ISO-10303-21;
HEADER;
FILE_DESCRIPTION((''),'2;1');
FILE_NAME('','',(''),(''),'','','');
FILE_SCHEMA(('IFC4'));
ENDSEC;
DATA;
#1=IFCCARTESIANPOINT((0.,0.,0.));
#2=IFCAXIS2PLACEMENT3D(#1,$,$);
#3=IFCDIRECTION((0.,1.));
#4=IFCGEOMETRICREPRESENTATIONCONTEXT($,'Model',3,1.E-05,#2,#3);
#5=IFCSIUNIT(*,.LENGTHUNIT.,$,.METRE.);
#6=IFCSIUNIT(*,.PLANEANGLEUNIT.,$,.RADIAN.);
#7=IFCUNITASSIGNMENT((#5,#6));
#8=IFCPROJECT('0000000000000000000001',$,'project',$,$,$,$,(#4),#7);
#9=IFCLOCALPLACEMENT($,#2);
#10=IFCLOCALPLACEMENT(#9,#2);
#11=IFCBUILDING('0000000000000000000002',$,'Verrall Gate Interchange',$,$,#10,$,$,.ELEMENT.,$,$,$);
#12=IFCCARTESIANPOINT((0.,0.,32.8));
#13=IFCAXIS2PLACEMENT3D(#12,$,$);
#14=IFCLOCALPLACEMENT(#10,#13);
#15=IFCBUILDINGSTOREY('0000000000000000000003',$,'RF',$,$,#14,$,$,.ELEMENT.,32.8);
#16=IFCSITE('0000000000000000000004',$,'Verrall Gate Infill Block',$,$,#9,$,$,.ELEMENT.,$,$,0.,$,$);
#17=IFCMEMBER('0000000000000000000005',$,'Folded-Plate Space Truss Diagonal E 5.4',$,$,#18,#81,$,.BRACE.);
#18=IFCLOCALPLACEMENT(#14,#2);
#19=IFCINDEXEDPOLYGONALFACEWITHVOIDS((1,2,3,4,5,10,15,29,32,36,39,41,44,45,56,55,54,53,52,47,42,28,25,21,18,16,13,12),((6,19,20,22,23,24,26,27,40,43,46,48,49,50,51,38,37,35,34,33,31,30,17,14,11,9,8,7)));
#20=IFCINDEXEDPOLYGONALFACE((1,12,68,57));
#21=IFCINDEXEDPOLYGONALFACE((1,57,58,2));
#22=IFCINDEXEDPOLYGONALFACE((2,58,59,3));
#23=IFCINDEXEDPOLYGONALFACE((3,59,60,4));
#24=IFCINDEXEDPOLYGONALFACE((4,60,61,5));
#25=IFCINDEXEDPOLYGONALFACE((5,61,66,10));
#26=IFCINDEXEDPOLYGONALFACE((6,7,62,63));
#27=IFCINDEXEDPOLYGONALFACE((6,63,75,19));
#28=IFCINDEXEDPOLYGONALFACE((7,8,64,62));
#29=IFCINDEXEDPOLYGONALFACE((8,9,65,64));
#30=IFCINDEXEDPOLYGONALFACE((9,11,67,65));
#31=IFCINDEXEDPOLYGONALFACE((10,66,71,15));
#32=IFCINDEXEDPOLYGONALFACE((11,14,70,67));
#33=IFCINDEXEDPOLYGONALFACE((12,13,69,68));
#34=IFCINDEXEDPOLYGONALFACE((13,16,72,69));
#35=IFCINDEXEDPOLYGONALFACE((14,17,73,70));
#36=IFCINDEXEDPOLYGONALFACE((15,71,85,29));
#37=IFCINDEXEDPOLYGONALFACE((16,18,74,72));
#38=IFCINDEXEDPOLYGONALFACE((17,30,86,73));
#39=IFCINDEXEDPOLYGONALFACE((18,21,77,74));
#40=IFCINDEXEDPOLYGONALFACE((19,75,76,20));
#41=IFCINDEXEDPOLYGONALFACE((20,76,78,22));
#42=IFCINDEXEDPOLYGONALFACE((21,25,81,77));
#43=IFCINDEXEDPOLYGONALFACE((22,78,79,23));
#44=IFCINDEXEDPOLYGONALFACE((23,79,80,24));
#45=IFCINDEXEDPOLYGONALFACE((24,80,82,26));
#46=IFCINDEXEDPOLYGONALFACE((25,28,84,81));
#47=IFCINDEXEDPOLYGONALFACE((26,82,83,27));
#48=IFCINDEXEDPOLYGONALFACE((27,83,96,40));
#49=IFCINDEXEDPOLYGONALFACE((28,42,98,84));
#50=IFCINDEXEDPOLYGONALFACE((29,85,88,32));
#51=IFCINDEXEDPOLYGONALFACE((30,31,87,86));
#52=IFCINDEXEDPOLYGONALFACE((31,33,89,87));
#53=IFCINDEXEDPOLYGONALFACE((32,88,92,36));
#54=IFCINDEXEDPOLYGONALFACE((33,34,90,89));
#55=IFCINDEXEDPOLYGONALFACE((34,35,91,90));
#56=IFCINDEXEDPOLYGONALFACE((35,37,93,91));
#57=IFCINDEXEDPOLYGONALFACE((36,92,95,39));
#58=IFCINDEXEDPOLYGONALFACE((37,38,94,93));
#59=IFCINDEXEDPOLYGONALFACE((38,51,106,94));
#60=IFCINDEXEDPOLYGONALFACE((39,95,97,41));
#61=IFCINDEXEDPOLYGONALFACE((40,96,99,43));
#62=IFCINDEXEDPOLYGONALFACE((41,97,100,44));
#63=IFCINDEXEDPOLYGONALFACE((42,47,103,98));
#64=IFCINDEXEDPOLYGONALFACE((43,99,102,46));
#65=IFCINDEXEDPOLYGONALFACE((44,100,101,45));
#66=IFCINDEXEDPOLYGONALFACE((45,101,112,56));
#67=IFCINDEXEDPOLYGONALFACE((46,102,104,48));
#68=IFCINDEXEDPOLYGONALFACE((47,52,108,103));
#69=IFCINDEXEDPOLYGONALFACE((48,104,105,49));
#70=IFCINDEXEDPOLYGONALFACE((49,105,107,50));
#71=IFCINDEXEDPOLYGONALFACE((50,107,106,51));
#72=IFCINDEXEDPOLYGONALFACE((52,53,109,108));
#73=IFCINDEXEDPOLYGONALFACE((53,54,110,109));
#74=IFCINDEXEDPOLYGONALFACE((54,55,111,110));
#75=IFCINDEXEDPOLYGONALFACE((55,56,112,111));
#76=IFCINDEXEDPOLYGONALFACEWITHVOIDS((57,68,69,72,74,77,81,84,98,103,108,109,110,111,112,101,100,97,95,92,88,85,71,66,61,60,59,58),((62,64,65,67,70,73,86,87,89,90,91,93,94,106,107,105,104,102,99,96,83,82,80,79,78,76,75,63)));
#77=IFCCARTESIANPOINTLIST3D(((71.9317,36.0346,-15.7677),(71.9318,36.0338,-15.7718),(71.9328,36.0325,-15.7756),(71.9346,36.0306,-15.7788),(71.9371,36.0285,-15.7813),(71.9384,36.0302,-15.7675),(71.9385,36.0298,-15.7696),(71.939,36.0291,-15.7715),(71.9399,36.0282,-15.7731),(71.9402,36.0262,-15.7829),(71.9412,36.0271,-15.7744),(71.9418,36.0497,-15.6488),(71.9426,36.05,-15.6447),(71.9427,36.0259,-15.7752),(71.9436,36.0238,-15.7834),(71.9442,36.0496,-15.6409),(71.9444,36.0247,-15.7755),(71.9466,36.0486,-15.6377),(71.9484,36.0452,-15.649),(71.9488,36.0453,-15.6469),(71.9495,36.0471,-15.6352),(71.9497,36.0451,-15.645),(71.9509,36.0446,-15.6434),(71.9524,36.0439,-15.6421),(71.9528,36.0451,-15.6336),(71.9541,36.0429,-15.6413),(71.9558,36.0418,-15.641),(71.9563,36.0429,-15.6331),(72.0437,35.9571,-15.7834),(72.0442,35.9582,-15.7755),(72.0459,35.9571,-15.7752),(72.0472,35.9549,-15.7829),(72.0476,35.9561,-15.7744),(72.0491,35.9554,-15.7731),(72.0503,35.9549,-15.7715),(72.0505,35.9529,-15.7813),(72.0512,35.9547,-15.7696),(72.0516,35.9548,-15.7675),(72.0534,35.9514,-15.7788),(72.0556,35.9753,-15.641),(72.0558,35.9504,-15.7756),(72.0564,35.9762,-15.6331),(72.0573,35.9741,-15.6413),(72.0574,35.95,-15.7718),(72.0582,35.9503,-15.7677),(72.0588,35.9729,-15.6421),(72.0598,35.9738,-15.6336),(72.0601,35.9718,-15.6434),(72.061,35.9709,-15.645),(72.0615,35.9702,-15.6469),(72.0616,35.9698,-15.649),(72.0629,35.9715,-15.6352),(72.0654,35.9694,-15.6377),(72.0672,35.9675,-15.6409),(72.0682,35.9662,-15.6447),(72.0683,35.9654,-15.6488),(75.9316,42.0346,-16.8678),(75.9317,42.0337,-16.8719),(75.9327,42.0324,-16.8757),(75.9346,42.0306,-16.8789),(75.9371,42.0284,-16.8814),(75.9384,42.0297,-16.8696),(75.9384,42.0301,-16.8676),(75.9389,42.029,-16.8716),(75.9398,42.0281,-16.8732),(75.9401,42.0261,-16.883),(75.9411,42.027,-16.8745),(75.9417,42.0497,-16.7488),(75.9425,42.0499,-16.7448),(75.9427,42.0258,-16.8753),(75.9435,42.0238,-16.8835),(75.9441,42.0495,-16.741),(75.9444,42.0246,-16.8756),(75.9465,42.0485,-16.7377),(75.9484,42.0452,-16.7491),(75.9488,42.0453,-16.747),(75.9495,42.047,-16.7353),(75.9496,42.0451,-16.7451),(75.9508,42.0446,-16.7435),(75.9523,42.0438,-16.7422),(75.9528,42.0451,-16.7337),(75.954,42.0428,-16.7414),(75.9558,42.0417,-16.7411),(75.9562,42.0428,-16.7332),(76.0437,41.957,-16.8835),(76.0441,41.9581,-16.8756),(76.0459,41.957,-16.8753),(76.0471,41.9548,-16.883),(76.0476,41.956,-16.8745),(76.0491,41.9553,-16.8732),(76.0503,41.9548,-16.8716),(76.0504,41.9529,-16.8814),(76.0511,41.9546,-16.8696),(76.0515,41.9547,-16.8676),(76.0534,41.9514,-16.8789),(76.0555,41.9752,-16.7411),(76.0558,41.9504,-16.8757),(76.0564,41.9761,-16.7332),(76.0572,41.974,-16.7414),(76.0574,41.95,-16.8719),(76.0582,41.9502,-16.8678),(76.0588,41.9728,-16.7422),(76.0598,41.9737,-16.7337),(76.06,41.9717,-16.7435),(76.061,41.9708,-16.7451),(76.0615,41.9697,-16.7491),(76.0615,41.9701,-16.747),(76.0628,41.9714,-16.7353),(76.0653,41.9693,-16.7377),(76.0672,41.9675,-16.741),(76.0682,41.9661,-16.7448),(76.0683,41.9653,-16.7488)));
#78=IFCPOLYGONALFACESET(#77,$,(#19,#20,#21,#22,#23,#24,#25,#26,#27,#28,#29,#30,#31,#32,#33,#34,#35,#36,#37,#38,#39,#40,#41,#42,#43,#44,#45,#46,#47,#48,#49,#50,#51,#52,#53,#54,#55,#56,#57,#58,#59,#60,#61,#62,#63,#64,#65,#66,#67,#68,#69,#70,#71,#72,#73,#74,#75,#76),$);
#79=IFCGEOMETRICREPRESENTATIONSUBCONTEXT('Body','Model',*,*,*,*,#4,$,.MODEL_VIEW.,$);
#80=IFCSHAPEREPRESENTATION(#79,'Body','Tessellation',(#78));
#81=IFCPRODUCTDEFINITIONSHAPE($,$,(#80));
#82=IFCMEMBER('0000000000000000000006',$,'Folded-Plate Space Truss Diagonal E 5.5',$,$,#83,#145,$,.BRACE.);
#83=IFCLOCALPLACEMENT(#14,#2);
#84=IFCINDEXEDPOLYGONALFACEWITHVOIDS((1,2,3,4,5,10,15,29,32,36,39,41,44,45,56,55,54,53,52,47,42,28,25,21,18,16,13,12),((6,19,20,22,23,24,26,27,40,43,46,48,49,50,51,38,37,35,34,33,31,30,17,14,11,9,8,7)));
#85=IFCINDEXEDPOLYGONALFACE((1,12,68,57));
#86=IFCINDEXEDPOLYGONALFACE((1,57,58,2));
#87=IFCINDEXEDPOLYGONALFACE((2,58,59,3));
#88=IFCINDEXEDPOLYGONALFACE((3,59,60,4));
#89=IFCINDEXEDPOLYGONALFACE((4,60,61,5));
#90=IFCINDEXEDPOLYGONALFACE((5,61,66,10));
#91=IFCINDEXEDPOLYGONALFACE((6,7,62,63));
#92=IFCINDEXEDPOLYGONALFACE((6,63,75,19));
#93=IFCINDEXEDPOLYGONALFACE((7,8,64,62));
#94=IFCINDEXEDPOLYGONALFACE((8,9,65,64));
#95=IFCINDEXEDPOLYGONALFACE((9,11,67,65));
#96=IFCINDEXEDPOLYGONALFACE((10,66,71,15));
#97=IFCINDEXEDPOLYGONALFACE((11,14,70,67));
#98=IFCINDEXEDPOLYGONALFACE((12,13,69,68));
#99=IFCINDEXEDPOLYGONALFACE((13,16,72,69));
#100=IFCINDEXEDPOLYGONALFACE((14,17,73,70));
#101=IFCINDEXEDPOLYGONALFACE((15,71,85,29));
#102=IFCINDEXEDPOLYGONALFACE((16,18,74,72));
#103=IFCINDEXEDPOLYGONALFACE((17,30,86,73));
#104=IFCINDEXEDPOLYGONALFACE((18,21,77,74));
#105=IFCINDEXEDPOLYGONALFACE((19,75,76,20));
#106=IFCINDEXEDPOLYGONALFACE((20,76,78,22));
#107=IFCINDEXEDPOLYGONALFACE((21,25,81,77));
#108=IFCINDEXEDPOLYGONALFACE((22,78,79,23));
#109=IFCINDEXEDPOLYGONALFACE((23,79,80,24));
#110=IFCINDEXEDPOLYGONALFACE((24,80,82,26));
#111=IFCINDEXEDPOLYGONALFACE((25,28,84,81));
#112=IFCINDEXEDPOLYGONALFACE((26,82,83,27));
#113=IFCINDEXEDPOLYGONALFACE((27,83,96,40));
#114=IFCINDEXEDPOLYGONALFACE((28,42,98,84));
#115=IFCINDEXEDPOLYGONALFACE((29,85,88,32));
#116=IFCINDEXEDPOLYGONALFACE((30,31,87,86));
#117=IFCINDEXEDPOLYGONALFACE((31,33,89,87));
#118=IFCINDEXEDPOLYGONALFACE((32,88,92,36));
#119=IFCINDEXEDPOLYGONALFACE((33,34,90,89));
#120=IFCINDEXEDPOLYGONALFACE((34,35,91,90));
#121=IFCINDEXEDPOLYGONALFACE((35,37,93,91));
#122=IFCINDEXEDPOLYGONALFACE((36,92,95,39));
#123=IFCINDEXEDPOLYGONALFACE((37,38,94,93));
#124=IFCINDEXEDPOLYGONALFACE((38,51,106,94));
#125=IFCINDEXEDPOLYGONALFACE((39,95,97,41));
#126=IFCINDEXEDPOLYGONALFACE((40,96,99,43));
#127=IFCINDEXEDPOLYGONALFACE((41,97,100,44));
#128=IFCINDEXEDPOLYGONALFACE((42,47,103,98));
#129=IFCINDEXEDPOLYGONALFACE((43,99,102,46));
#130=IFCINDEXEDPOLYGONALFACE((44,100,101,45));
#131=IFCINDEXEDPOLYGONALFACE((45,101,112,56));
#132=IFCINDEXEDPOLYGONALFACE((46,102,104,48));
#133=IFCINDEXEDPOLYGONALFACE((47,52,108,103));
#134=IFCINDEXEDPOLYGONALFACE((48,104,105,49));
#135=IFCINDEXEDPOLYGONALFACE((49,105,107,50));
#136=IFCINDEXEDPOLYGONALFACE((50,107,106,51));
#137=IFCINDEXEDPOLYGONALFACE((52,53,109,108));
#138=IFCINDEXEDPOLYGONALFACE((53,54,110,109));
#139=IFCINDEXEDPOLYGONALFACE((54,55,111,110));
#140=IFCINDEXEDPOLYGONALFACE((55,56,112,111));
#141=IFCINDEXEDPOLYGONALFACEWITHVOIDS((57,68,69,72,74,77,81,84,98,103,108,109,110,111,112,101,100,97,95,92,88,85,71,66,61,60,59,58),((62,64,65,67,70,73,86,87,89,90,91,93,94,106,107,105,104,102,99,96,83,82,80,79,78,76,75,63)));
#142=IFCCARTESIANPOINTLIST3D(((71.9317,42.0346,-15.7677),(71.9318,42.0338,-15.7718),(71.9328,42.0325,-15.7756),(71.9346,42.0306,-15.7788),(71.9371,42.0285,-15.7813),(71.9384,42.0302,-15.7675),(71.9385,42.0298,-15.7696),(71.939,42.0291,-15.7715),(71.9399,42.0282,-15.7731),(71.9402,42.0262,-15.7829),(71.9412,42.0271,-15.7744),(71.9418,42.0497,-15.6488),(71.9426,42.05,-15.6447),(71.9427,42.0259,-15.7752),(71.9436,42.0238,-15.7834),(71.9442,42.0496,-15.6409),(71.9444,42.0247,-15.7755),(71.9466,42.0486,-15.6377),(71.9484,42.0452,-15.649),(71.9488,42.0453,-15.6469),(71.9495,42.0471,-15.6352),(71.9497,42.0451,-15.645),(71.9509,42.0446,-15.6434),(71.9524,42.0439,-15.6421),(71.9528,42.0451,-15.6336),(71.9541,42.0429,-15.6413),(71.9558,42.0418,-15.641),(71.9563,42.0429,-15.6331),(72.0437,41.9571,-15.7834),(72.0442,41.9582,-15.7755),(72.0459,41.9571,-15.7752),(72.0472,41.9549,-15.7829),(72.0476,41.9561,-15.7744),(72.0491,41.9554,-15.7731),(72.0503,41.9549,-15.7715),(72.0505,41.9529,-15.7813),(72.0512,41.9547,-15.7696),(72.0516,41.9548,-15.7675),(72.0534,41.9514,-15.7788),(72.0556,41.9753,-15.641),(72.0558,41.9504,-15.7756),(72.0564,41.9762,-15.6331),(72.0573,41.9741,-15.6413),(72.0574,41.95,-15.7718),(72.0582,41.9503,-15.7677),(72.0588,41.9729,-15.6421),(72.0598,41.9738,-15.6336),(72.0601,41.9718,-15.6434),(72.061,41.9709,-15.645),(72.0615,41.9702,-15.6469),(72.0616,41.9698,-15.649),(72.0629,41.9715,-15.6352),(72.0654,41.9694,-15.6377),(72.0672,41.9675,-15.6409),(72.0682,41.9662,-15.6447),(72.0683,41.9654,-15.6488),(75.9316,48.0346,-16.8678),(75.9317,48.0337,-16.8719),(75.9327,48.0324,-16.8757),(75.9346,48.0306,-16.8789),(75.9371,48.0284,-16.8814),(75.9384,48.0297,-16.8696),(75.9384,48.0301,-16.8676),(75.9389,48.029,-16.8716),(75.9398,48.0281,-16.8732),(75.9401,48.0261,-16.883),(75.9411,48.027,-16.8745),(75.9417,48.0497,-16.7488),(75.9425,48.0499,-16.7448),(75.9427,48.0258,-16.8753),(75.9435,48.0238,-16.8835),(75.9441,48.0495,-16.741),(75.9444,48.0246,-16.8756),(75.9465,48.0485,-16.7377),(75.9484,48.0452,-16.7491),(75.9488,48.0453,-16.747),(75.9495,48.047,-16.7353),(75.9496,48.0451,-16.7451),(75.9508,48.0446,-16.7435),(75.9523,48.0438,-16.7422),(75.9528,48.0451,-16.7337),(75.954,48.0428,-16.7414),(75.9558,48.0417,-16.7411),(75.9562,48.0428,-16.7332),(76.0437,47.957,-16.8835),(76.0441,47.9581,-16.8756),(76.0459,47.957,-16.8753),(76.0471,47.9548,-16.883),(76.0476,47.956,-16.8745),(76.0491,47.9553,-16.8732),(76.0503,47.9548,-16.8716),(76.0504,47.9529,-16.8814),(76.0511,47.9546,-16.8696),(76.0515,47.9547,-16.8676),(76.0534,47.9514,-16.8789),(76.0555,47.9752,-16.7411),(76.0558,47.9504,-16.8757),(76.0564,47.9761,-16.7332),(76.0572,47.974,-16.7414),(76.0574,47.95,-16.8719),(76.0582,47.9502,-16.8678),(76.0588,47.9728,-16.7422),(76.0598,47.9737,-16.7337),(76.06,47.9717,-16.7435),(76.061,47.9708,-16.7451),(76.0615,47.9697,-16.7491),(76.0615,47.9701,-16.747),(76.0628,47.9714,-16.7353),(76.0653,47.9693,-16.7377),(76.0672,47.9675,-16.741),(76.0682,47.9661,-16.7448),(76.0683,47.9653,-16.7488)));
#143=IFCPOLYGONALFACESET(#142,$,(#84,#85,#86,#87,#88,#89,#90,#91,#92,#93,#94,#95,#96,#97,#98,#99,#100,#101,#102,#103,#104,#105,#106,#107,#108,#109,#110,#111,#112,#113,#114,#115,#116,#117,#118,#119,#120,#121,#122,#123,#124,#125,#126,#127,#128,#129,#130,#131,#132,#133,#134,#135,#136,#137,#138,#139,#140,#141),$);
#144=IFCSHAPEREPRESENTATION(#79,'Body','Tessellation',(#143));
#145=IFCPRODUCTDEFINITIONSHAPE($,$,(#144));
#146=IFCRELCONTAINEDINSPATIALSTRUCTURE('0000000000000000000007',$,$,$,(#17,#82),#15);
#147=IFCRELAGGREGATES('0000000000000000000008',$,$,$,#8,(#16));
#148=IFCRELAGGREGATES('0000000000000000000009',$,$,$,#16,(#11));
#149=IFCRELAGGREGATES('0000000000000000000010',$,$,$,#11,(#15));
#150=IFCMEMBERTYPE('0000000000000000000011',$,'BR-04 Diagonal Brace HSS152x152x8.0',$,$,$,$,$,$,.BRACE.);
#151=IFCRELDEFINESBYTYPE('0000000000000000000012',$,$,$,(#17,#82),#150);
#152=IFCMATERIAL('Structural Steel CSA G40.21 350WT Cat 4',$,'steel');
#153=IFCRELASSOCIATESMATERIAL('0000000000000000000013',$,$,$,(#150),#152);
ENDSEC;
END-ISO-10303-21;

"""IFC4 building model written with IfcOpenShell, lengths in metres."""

from ifc_helpers import new_model, si_unit, direction, frame, origin, origin_2d, place, context, subcontext, project, spatial, hollow_rectangle, extrude, material, material_profile, profile_set, type_object, element, save


model = new_model("IFC4")

# Units and contexts
model_context = context("Model", 3, precision=1e-05, world=origin(), true_north=direction((0.0, 1.0)))
body_context = subcontext(model_context, "Body", "Model", "MODEL_VIEW")
ifc_project = project(units=[si_unit("LENGTHUNIT", "METRE"), si_unit("PLANEANGLEUNIT", "RADIAN")], contexts=[model_context])

# Site, building, storey
site_placement = place(None, origin())
site = spatial("IfcSite", under=ifc_project, at=site_placement, Name="Verrall Gate Infill Block", CompositionType="ELEMENT", RefElevation=0.0)
building_placement = place(site_placement, origin())
building = spatial("IfcBuilding", under=site, at=building_placement, Name="Verrall Gate Interchange", CompositionType="ELEMENT")
storey_placement = place(building_placement, frame((0.0, 0.0, 32.8)))
storey = spatial("IfcBuildingStorey", under=building, at=storey_placement, Name="RF", CompositionType="ELEMENT", Elevation=32.8)

# Members
ifc_material_1 = material(Name="Structural Steel CSA G40.21 350WT Cat 4", Category="steel")
ifc_material_profile_1 = material_profile(ifc_material_1, hollow_rectangle(XDim=0.1521, YDim=0.1521, WallThickness=0.0081, InnerFilletRadius=0.0081, OuterFilletRadius=0.0159, at=origin_2d()), Name="HSS152x152x8.0")
ifc_profile_set_1 = profile_set([ifc_material_profile_1], Name="Structural Steel CSA G40.21 350WT Cat 4")
member_type_1 = type_object("IfcMemberType", Name="BR-04 Diagonal Brace HSS152x152x8.0", PredefinedType="BRACE", material=ifc_profile_set_1)
for number, where, z_axis, x_axis, name in (
    (1, (72.0, 36.0, -15.7083), (0.548356, 0.822534, -0.150811), (-0.83205, 0.5547, 0.0), "Folded-Plate Space Truss Diagonal E 5.4"),
    (2, (72.0, 42.0, -15.7083), (0.548356, 0.822534, -0.150811), (-0.83205, 0.5547, 0.0), "Folded-Plate Space Truss Diagonal E 5.5"),
):
    element("IfcMember", number, at=place(storey_placement, frame(where, z_axis=z_axis, x_axis=x_axis)), inside=storey, type_object=member_type_1, Name=name, PredefinedType="BRACE", context=body_context, shape_type="SweptSolid", body=[
        extrude(hollow_rectangle(XDim=0.1521, YDim=0.1521, WallThickness=0.0081, InnerFilletRadius=0.0081, OuterFilletRadius=0.0159, at=origin_2d()), origin(), (0.0, 0.0, 1.0), 7.2944),
    ])

save(model, "model.ifc")
